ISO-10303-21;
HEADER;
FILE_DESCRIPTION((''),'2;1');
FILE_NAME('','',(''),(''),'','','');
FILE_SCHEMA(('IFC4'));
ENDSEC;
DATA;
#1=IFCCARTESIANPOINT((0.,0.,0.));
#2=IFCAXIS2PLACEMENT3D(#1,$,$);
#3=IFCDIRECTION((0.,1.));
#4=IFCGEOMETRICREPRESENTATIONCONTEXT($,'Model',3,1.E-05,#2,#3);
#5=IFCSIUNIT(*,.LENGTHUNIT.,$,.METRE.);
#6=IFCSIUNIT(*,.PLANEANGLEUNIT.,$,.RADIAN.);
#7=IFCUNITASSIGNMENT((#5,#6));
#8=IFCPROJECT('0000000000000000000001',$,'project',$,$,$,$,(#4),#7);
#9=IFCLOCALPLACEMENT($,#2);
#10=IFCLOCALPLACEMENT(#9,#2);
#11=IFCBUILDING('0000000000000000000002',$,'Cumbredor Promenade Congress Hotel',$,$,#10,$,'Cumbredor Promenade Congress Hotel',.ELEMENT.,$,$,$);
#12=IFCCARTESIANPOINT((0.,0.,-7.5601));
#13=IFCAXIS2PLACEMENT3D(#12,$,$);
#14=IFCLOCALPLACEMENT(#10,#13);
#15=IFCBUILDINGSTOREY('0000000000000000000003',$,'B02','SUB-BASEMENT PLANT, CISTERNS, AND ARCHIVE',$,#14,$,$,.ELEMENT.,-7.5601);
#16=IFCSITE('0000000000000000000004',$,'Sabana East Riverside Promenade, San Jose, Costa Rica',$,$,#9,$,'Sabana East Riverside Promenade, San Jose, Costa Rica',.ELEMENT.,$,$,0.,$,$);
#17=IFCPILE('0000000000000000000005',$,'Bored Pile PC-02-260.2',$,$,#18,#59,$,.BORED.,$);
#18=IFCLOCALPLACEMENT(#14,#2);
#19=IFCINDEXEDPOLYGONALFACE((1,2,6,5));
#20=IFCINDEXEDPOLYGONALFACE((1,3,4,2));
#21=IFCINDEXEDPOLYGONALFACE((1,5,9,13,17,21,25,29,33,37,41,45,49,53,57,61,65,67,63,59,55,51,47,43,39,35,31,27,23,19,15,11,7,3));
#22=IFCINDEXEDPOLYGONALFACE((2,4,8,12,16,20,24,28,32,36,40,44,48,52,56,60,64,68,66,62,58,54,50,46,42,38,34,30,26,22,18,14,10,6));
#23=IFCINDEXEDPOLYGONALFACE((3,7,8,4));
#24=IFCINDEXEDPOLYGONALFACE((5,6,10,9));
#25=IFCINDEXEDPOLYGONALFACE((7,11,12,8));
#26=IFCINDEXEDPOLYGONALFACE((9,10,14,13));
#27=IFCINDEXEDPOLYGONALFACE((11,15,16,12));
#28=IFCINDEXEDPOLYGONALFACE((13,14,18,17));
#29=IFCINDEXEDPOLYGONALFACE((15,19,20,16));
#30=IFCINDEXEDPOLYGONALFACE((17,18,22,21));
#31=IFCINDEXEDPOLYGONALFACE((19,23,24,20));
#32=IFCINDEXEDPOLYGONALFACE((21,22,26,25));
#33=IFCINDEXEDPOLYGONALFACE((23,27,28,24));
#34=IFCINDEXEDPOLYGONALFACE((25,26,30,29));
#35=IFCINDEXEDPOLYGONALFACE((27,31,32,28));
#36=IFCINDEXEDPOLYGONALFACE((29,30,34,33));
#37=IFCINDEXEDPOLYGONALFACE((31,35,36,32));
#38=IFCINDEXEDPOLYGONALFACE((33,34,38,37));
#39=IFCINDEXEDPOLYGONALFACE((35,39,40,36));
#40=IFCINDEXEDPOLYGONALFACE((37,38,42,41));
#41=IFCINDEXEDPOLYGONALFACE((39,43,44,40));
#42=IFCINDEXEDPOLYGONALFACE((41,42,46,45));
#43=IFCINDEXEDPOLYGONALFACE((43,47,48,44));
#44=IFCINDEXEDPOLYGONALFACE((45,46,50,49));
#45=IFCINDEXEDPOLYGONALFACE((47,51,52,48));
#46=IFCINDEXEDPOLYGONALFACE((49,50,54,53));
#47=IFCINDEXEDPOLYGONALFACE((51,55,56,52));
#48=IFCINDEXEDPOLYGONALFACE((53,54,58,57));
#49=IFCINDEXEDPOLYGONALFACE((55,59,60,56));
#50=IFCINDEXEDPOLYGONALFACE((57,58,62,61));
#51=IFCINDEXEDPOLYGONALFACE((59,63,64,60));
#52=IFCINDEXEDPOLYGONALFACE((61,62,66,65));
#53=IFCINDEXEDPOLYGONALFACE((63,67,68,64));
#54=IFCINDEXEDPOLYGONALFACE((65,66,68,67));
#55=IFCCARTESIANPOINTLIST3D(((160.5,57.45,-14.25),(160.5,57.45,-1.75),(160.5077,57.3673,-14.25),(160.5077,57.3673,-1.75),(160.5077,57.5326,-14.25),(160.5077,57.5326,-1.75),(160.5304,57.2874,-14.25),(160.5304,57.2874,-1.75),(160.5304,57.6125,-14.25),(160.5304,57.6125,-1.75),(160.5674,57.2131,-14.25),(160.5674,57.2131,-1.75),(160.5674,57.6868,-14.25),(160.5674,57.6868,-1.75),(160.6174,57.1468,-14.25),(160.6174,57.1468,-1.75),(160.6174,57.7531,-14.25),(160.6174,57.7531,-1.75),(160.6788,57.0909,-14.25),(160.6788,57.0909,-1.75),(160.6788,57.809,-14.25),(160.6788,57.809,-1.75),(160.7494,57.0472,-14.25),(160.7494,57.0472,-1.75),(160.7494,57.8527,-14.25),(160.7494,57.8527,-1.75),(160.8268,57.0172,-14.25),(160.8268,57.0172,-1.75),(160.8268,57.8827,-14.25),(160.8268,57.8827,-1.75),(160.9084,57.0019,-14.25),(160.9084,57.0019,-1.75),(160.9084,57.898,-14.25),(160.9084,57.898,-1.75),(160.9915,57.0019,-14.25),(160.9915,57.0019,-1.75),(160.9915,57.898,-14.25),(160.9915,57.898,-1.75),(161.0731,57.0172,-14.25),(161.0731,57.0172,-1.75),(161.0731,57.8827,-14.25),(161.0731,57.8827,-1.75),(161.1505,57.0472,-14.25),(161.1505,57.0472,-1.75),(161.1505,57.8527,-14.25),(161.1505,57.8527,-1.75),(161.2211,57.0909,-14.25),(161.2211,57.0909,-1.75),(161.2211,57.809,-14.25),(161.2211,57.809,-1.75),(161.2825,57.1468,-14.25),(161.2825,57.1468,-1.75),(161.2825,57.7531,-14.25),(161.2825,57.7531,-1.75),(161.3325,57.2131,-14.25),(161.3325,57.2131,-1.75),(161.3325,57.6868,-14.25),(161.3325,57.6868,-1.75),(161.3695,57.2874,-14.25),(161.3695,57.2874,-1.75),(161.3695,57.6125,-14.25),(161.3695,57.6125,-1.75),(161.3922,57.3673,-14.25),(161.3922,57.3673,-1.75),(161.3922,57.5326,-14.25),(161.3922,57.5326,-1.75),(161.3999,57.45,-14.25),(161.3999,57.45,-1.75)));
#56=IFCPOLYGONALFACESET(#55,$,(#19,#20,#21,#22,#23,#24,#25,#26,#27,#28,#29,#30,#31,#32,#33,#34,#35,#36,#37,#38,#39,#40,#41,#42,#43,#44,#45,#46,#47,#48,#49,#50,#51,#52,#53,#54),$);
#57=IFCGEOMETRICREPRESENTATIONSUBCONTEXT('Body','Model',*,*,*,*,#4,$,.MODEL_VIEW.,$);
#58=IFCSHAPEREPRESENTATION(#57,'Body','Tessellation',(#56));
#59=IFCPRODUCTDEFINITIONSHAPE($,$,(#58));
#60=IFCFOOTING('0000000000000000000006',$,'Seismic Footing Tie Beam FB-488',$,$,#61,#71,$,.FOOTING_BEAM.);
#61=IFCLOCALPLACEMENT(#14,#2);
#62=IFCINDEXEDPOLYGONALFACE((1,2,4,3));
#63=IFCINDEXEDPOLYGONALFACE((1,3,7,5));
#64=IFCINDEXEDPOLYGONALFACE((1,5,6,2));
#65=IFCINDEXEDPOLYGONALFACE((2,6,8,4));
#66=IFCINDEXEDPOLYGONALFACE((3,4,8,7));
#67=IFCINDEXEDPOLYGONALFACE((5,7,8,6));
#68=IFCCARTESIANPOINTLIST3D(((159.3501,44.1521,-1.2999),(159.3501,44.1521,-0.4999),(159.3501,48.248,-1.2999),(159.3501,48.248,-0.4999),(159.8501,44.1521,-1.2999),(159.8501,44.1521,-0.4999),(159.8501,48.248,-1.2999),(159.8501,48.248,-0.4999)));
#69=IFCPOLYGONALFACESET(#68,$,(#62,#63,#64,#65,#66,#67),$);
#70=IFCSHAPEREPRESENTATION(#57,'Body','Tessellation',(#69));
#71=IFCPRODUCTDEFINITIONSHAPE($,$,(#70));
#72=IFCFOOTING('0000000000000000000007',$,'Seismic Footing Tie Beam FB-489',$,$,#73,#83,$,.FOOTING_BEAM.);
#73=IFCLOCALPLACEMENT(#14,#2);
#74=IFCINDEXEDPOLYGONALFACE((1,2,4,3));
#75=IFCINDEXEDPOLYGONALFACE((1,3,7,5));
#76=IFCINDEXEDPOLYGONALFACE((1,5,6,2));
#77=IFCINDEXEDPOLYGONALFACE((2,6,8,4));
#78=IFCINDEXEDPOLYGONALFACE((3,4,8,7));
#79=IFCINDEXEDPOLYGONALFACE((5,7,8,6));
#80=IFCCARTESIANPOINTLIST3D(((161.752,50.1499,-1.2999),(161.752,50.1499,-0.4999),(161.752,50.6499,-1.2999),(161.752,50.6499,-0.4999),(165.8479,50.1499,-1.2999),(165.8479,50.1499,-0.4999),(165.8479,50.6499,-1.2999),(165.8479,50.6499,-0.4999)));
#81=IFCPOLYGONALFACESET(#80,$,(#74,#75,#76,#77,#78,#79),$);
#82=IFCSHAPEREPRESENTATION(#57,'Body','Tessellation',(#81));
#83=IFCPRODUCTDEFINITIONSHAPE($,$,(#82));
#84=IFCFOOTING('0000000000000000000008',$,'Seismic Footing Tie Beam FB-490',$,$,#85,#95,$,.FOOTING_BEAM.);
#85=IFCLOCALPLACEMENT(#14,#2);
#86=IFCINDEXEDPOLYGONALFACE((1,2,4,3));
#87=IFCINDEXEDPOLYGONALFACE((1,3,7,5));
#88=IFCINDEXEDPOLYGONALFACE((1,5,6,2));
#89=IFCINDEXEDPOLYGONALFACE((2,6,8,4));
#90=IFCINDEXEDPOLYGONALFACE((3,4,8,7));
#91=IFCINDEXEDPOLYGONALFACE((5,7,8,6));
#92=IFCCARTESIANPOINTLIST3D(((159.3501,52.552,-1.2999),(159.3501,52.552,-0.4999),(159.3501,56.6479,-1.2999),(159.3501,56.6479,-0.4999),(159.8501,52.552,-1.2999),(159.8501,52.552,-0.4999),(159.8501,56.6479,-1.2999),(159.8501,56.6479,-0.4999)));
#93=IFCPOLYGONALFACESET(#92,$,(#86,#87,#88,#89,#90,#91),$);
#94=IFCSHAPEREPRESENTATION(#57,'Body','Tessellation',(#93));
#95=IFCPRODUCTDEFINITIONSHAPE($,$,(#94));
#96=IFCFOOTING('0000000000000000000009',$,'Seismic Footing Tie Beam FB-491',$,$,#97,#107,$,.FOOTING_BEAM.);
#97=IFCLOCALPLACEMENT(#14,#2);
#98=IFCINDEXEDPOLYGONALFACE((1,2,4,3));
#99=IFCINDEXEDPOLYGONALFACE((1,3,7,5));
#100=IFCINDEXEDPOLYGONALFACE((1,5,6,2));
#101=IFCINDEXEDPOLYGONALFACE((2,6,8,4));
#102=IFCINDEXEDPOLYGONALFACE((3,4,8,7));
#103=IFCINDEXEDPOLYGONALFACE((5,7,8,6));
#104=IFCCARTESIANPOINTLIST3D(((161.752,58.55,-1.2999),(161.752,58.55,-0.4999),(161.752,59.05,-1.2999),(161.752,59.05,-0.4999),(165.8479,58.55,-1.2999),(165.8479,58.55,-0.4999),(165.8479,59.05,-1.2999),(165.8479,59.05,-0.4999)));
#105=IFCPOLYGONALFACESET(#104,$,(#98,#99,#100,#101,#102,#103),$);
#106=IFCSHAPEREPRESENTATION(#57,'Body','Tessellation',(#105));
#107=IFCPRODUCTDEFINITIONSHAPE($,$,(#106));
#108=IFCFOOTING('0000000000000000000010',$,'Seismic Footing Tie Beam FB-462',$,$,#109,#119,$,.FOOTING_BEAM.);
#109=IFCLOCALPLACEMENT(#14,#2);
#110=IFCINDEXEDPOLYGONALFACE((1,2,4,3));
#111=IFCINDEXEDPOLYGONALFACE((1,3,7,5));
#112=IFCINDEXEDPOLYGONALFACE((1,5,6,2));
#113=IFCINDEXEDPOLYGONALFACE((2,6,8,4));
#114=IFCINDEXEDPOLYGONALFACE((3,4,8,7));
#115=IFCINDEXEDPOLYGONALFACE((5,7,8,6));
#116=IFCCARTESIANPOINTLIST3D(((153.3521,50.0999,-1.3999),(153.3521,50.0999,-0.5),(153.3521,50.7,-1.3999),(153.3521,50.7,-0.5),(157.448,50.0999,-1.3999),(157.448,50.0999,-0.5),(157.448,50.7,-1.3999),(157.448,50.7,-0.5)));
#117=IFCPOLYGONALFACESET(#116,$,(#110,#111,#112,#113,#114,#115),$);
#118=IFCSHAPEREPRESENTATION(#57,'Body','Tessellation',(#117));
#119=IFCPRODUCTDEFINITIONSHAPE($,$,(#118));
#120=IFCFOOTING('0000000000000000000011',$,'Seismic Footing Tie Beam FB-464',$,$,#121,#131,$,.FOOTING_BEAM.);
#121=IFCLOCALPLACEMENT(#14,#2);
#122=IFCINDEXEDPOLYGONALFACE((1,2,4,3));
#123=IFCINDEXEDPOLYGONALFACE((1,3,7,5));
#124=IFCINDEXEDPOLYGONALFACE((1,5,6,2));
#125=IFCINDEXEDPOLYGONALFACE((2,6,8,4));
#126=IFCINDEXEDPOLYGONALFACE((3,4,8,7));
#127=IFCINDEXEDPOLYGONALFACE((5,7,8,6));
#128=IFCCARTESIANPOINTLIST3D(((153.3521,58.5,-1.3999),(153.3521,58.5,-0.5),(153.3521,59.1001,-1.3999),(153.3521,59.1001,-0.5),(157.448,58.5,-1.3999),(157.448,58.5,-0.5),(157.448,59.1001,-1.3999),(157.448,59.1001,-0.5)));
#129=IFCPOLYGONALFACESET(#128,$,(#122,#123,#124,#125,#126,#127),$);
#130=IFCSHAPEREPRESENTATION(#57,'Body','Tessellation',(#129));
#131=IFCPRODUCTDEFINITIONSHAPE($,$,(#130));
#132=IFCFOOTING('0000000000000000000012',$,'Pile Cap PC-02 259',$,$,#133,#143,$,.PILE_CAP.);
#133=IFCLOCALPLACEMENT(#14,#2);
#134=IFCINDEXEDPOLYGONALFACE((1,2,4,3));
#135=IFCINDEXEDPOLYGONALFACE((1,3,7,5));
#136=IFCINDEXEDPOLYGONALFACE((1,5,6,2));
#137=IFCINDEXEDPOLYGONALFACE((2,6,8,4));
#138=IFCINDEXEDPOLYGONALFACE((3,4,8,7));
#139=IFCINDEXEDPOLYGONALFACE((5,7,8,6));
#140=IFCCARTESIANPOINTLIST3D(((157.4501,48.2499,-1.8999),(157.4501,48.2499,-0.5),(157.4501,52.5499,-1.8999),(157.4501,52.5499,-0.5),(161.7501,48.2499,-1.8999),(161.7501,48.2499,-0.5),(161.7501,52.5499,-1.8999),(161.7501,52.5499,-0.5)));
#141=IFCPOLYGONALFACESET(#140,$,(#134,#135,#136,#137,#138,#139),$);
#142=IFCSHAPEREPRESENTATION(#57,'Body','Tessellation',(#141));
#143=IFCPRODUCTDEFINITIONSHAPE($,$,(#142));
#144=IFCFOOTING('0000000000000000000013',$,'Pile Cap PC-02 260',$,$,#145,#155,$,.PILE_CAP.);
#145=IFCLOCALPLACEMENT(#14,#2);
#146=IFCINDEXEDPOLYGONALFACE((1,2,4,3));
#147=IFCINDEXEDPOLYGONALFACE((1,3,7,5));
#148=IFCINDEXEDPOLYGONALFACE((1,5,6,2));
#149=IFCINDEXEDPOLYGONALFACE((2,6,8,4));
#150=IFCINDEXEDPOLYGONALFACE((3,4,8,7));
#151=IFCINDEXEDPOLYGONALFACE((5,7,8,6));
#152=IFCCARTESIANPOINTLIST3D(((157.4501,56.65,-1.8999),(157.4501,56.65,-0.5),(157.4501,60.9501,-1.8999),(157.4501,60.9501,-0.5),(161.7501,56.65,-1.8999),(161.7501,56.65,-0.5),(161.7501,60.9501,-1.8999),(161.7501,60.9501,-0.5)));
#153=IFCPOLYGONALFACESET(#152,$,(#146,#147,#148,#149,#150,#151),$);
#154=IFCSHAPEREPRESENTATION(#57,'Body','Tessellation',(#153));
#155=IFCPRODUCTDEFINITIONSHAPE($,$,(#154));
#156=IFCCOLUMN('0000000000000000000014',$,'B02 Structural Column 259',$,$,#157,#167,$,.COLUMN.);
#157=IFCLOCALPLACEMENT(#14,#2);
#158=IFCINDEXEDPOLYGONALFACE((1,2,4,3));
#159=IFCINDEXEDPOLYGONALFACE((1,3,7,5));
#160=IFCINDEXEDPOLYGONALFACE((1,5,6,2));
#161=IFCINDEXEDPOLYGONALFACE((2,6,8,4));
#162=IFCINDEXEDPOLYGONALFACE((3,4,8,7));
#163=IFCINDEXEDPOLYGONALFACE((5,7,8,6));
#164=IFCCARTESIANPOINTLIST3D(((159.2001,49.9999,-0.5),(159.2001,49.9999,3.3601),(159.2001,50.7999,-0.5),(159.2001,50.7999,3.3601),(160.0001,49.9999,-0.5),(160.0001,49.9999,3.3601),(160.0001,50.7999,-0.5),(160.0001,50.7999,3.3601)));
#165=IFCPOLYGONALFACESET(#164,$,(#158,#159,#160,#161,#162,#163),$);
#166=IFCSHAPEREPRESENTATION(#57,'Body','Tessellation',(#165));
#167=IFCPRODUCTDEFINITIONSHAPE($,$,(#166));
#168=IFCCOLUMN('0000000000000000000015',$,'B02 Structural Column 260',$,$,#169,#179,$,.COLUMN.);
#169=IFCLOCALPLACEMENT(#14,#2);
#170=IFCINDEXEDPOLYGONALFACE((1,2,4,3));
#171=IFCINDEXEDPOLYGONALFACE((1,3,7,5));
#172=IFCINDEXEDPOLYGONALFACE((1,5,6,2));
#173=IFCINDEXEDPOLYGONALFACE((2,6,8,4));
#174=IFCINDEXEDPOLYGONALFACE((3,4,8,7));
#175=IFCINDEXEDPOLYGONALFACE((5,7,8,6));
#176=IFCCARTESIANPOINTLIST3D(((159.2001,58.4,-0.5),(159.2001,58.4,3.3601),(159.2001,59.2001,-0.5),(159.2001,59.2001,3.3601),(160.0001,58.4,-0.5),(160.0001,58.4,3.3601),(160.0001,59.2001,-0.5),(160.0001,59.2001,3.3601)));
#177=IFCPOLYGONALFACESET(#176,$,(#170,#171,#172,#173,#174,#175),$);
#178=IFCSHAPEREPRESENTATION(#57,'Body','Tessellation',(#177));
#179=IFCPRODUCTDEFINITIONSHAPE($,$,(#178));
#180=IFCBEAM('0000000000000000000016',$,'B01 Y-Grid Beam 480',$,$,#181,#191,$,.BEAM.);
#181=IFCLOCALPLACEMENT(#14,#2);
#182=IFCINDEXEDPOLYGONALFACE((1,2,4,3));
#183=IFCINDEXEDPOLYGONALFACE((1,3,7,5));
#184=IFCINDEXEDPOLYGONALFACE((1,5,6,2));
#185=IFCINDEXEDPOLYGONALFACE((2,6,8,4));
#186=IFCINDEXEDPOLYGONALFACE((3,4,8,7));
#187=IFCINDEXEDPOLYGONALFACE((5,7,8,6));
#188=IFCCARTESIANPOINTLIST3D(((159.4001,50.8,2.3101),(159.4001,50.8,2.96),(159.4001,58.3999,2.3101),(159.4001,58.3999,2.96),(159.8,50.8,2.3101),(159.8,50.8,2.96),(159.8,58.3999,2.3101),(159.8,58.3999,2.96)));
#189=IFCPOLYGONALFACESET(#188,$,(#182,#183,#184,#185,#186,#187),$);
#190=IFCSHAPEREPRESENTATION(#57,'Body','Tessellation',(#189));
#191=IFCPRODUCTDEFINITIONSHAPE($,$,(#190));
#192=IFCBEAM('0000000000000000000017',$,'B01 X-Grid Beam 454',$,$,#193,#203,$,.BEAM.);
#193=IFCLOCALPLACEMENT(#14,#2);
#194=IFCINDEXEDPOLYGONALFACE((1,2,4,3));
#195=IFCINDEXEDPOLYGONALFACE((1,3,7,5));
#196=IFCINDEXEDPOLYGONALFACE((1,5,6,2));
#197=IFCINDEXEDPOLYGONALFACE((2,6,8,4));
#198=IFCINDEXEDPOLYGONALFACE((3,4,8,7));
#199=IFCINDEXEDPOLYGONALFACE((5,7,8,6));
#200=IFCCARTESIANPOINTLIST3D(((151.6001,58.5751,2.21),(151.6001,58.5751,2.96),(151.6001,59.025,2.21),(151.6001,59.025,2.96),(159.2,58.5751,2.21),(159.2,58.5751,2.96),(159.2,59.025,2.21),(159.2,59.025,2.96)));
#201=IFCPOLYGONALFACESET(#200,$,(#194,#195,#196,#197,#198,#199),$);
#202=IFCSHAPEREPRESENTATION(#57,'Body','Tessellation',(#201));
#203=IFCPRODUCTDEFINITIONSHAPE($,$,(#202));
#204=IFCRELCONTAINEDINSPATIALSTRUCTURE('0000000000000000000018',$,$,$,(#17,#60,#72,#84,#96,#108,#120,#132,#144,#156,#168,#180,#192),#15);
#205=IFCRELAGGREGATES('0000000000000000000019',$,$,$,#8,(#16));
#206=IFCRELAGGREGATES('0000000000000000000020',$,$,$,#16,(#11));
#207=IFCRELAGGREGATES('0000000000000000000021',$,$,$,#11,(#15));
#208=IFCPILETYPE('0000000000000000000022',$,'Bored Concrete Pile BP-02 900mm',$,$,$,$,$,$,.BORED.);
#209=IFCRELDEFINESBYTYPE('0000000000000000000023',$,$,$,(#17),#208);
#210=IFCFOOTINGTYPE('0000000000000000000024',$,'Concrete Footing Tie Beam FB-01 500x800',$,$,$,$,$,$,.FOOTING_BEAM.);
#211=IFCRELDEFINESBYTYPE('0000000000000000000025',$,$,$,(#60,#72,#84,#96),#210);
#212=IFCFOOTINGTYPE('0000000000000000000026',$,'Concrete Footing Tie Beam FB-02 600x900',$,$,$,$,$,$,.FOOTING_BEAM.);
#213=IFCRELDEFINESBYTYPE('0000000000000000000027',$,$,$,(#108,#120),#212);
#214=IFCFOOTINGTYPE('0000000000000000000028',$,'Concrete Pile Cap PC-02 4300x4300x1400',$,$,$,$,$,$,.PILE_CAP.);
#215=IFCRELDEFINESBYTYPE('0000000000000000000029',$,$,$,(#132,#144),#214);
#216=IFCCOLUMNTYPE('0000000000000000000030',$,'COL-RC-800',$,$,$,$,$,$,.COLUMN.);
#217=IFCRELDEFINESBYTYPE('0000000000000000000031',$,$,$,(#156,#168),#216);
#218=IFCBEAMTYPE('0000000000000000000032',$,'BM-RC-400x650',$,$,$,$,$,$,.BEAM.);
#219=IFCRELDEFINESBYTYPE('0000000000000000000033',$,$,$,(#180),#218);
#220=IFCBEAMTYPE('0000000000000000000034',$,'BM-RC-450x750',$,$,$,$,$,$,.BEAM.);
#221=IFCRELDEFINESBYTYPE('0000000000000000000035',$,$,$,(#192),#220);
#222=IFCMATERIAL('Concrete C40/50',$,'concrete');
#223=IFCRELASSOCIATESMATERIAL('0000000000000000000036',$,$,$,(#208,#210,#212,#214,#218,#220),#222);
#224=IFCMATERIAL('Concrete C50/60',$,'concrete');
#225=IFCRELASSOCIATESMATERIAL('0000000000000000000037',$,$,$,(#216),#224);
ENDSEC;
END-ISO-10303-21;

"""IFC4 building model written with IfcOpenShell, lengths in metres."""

from ifc_helpers import new_model, si_unit, direction, frame, origin, origin_2d, place, context, subcontext, project, spatial, rectangle, circle, extrude, material, material_profile, profile_set, type_object, element, save


model = new_model("IFC4")

# Units and contexts
model_context = context("Model", 3, precision=1e-05, world=origin(), true_north=direction((0.0, 1.0)))
body_context = subcontext(model_context, "Body", "Model", "MODEL_VIEW")
ifc_project = project(units=[si_unit("LENGTHUNIT", "METRE"), si_unit("PLANEANGLEUNIT", "RADIAN")], contexts=[model_context])

# Site, building, storey
site_placement = place(None, origin())
site = spatial("IfcSite", under=ifc_project, at=site_placement, Name="Sabana East Riverside Promenade, San Jose, Costa Rica", LongName="Sabana East Riverside Promenade, San Jose, Costa Rica", CompositionType="ELEMENT", RefElevation=0.0)
building_placement = place(site_placement, origin())
building = spatial("IfcBuilding", under=site, at=building_placement, Name="Cumbredor Promenade Congress Hotel", LongName="Cumbredor Promenade Congress Hotel", CompositionType="ELEMENT")
storey_placement = place(building_placement, frame((0.0, 0.0, -7.5601)))
storey = spatial("IfcBuildingStorey", under=building, at=storey_placement, Name="B02", Description="SUB-BASEMENT PLANT, CISTERNS, AND ARCHIVE", CompositionType="ELEMENT", Elevation=-7.5601)

# Pile
ifc_material_1 = material(Name="Concrete C40/50", Category="concrete")
ifc_material_profile_1 = material_profile(ifc_material_1, circle(Radius=0.45, at=origin_2d()), Name="PILE D900")
ifc_profile_set_1 = profile_set([ifc_material_profile_1], Name="Concrete C40/50")
pile_type = type_object("IfcPileType", Name="Bored Concrete Pile BP-02 900mm", PredefinedType="BORED", material=ifc_profile_set_1)
for number, where, z_axis, x_axis, name in (
    (1, (160.95, 57.45, -1.75), (0.0, 0.0, -1.0), (1.0, 0.0, 0.0), "Bored Pile PC-02-260.2"),
):
    element("IfcPile", number, at=place(storey_placement, frame(where, z_axis=z_axis, x_axis=x_axis)), inside=storey, type_object=pile_type, Name=name, PredefinedType="BORED", context=body_context, shape_type="SweptSolid", body=[
        extrude(circle(Radius=0.45, at=origin_2d()), origin(), (0.0, 0.0, 1.0), 12.5),
    ])

# Footings
ifc_material_profile_2 = material_profile(ifc_material_1, rectangle(XDim=0.5, YDim=0.8, at=origin_2d()), Name="FB 500x800")
ifc_profile_set_2 = profile_set([ifc_material_profile_2], Name="Concrete C40/50")
footing_type_1 = type_object("IfcFootingType", Name="Concrete Footing Tie Beam FB-01 500x800", PredefinedType="FOOTING_BEAM", material=ifc_profile_set_2)
for number, where, z_axis, x_axis, name in (
    (2, (159.6001, 44.1521, -0.8999), (0.0, 1.0, 0.0), (-1.0, 0.0, 0.0), "Seismic Footing Tie Beam FB-488"),
    (3, (161.752, 50.3999, -0.8999), (1.0, 0.0, 0.0), (0.0, 1.0, 0.0), "Seismic Footing Tie Beam FB-489"),
    (4, (159.6001, 52.552, -0.8999), (0.0, 1.0, 0.0), (-1.0, 0.0, 0.0), "Seismic Footing Tie Beam FB-490"),
    (5, (161.752, 58.8, -0.8999), (1.0, 0.0, 0.0), (0.0, 1.0, 0.0), "Seismic Footing Tie Beam FB-491"),
):
    element("IfcFooting", number, at=place(storey_placement, frame(where, z_axis=z_axis, x_axis=x_axis)), inside=storey, type_object=footing_type_1, Name=name, PredefinedType="FOOTING_BEAM", context=body_context, shape_type="SweptSolid", body=[
        extrude(rectangle(XDim=0.5, YDim=0.8, at=origin_2d()), origin(), (0.0, 0.0, 1.0), 4.0959),
    ])
ifc_material_profile_3 = material_profile(ifc_material_1, rectangle(XDim=0.6001, YDim=0.8999, at=origin_2d()), Name="FB 600x900")
ifc_profile_set_3 = profile_set([ifc_material_profile_3], Name="Concrete C40/50")
footing_type_2 = type_object("IfcFootingType", Name="Concrete Footing Tie Beam FB-02 600x900", PredefinedType="FOOTING_BEAM", material=ifc_profile_set_3)
for number, where, z_axis, x_axis, name in (
    (6, (153.3521, 50.3999, -0.95), (1.0, 0.0, 0.0), (0.0, 1.0, 0.0), "Seismic Footing Tie Beam FB-462"),
    (7, (153.3521, 58.8, -0.95), (1.0, 0.0, 0.0), (0.0, 1.0, 0.0), "Seismic Footing Tie Beam FB-464"),
):
    element("IfcFooting", number, at=place(storey_placement, frame(where, z_axis=z_axis, x_axis=x_axis)), inside=storey, type_object=footing_type_2, Name=name, PredefinedType="FOOTING_BEAM", context=body_context, shape_type="SweptSolid", body=[
        extrude(rectangle(XDim=0.6001, YDim=0.8999, at=origin_2d()), origin(), (0.0, 0.0, 1.0), 4.0959),
    ])
footing_type_3 = type_object("IfcFootingType", Name="Concrete Pile Cap PC-02 4300x4300x1400", PredefinedType="PILE_CAP", material=ifc_material_1)
for number, where, z_axis, x_axis, name in (
    (8, (159.6001, 50.3999, -1.8999), (0.0, 0.0, 1.0), (1.0, 0.0, 0.0), "Pile Cap PC-02 259"),
    (9, (159.6001, 58.8, -1.8999), (0.0, 0.0, 1.0), (1.0, 0.0, 0.0), "Pile Cap PC-02 260"),
):
    element("IfcFooting", number, at=place(storey_placement, frame(where, z_axis=z_axis, x_axis=x_axis)), inside=storey, type_object=footing_type_3, Name=name, PredefinedType="PILE_CAP", context=body_context, shape_type="SweptSolid", body=[
        extrude(rectangle(XDim=4.3, YDim=4.3, at=origin_2d()), origin(), (0.0, 0.0, 1.0), 1.3999),
    ])

# Columns
ifc_material_2 = material(Name="Concrete C50/60", Category="concrete")
ifc_material_profile_4 = material_profile(ifc_material_2, rectangle(XDim=0.8, YDim=0.8, at=origin_2d()), Name="RC 800x800")
ifc_profile_set_4 = profile_set([ifc_material_profile_4], Name="Concrete C50/60")
column_type = type_object("IfcColumnType", Name="COL-RC-800", PredefinedType="COLUMN", material=ifc_profile_set_4)
for number, where, z_axis, x_axis, name in (
    (10, (159.6001, 50.3999, -0.5), (0.0, 0.0, 1.0), (1.0, 0.0, 0.0), "B02 Structural Column 259"),
    (11, (159.6001, 58.8, -0.5), (0.0, 0.0, 1.0), (1.0, 0.0, 0.0), "B02 Structural Column 260"),
):
    element("IfcColumn", number, at=place(storey_placement, frame(where, z_axis=z_axis, x_axis=x_axis)), inside=storey, type_object=column_type, Name=name, PredefinedType="COLUMN", context=body_context, shape_type="SweptSolid", body=[
        extrude(rectangle(XDim=0.8, YDim=0.8, at=origin_2d()), origin(), (0.0, 0.0, 1.0), 3.8601),
    ])

# Beams
ifc_material_profile_5 = material_profile(ifc_material_1, rectangle(XDim=0.3999, YDim=0.6499, at=origin_2d()), Name="RC BEAM 400x650")
ifc_profile_set_5 = profile_set([ifc_material_profile_5], Name="Concrete C40/50")
beam_type_1 = type_object("IfcBeamType", Name="BM-RC-400x650", PredefinedType="BEAM", material=ifc_profile_set_5)
beam_1_placement = place(storey_placement, frame((159.6001, 50.8, 2.635), z_axis=(0.0, 1.0, 0.0), x_axis=(-1.0, 0.0, 0.0)))
element("IfcBeam", 12, at=beam_1_placement, inside=storey, type_object=beam_type_1, Name="B01 Y-Grid Beam 480", PredefinedType="BEAM", context=body_context, shape_type="SweptSolid", body=[
    extrude(rectangle(XDim=0.3999, YDim=0.6499, at=origin_2d()), origin(), (0.0, 0.0, 1.0), 7.5999),
])
ifc_material_profile_6 = material_profile(ifc_material_1, rectangle(XDim=0.45, YDim=0.75, at=origin_2d()), Name="RC BEAM 450x750")
ifc_profile_set_6 = profile_set([ifc_material_profile_6], Name="Concrete C40/50")
beam_type_2 = type_object("IfcBeamType", Name="BM-RC-450x750", PredefinedType="BEAM", material=ifc_profile_set_6)
beam_2_placement = place(storey_placement, frame((151.6001, 58.8, 2.585), z_axis=(1.0, 0.0, 0.0), x_axis=(0.0, 1.0, 0.0)))
element("IfcBeam", 13, at=beam_2_placement, inside=storey, type_object=beam_type_2, Name="B01 X-Grid Beam 454", PredefinedType="BEAM", context=body_context, shape_type="SweptSolid", body=[
    extrude(rectangle(XDim=0.45, YDim=0.75, at=origin_2d()), origin(), (0.0, 0.0, 1.0), 7.5999),
])

save(model, "model.ifc")
